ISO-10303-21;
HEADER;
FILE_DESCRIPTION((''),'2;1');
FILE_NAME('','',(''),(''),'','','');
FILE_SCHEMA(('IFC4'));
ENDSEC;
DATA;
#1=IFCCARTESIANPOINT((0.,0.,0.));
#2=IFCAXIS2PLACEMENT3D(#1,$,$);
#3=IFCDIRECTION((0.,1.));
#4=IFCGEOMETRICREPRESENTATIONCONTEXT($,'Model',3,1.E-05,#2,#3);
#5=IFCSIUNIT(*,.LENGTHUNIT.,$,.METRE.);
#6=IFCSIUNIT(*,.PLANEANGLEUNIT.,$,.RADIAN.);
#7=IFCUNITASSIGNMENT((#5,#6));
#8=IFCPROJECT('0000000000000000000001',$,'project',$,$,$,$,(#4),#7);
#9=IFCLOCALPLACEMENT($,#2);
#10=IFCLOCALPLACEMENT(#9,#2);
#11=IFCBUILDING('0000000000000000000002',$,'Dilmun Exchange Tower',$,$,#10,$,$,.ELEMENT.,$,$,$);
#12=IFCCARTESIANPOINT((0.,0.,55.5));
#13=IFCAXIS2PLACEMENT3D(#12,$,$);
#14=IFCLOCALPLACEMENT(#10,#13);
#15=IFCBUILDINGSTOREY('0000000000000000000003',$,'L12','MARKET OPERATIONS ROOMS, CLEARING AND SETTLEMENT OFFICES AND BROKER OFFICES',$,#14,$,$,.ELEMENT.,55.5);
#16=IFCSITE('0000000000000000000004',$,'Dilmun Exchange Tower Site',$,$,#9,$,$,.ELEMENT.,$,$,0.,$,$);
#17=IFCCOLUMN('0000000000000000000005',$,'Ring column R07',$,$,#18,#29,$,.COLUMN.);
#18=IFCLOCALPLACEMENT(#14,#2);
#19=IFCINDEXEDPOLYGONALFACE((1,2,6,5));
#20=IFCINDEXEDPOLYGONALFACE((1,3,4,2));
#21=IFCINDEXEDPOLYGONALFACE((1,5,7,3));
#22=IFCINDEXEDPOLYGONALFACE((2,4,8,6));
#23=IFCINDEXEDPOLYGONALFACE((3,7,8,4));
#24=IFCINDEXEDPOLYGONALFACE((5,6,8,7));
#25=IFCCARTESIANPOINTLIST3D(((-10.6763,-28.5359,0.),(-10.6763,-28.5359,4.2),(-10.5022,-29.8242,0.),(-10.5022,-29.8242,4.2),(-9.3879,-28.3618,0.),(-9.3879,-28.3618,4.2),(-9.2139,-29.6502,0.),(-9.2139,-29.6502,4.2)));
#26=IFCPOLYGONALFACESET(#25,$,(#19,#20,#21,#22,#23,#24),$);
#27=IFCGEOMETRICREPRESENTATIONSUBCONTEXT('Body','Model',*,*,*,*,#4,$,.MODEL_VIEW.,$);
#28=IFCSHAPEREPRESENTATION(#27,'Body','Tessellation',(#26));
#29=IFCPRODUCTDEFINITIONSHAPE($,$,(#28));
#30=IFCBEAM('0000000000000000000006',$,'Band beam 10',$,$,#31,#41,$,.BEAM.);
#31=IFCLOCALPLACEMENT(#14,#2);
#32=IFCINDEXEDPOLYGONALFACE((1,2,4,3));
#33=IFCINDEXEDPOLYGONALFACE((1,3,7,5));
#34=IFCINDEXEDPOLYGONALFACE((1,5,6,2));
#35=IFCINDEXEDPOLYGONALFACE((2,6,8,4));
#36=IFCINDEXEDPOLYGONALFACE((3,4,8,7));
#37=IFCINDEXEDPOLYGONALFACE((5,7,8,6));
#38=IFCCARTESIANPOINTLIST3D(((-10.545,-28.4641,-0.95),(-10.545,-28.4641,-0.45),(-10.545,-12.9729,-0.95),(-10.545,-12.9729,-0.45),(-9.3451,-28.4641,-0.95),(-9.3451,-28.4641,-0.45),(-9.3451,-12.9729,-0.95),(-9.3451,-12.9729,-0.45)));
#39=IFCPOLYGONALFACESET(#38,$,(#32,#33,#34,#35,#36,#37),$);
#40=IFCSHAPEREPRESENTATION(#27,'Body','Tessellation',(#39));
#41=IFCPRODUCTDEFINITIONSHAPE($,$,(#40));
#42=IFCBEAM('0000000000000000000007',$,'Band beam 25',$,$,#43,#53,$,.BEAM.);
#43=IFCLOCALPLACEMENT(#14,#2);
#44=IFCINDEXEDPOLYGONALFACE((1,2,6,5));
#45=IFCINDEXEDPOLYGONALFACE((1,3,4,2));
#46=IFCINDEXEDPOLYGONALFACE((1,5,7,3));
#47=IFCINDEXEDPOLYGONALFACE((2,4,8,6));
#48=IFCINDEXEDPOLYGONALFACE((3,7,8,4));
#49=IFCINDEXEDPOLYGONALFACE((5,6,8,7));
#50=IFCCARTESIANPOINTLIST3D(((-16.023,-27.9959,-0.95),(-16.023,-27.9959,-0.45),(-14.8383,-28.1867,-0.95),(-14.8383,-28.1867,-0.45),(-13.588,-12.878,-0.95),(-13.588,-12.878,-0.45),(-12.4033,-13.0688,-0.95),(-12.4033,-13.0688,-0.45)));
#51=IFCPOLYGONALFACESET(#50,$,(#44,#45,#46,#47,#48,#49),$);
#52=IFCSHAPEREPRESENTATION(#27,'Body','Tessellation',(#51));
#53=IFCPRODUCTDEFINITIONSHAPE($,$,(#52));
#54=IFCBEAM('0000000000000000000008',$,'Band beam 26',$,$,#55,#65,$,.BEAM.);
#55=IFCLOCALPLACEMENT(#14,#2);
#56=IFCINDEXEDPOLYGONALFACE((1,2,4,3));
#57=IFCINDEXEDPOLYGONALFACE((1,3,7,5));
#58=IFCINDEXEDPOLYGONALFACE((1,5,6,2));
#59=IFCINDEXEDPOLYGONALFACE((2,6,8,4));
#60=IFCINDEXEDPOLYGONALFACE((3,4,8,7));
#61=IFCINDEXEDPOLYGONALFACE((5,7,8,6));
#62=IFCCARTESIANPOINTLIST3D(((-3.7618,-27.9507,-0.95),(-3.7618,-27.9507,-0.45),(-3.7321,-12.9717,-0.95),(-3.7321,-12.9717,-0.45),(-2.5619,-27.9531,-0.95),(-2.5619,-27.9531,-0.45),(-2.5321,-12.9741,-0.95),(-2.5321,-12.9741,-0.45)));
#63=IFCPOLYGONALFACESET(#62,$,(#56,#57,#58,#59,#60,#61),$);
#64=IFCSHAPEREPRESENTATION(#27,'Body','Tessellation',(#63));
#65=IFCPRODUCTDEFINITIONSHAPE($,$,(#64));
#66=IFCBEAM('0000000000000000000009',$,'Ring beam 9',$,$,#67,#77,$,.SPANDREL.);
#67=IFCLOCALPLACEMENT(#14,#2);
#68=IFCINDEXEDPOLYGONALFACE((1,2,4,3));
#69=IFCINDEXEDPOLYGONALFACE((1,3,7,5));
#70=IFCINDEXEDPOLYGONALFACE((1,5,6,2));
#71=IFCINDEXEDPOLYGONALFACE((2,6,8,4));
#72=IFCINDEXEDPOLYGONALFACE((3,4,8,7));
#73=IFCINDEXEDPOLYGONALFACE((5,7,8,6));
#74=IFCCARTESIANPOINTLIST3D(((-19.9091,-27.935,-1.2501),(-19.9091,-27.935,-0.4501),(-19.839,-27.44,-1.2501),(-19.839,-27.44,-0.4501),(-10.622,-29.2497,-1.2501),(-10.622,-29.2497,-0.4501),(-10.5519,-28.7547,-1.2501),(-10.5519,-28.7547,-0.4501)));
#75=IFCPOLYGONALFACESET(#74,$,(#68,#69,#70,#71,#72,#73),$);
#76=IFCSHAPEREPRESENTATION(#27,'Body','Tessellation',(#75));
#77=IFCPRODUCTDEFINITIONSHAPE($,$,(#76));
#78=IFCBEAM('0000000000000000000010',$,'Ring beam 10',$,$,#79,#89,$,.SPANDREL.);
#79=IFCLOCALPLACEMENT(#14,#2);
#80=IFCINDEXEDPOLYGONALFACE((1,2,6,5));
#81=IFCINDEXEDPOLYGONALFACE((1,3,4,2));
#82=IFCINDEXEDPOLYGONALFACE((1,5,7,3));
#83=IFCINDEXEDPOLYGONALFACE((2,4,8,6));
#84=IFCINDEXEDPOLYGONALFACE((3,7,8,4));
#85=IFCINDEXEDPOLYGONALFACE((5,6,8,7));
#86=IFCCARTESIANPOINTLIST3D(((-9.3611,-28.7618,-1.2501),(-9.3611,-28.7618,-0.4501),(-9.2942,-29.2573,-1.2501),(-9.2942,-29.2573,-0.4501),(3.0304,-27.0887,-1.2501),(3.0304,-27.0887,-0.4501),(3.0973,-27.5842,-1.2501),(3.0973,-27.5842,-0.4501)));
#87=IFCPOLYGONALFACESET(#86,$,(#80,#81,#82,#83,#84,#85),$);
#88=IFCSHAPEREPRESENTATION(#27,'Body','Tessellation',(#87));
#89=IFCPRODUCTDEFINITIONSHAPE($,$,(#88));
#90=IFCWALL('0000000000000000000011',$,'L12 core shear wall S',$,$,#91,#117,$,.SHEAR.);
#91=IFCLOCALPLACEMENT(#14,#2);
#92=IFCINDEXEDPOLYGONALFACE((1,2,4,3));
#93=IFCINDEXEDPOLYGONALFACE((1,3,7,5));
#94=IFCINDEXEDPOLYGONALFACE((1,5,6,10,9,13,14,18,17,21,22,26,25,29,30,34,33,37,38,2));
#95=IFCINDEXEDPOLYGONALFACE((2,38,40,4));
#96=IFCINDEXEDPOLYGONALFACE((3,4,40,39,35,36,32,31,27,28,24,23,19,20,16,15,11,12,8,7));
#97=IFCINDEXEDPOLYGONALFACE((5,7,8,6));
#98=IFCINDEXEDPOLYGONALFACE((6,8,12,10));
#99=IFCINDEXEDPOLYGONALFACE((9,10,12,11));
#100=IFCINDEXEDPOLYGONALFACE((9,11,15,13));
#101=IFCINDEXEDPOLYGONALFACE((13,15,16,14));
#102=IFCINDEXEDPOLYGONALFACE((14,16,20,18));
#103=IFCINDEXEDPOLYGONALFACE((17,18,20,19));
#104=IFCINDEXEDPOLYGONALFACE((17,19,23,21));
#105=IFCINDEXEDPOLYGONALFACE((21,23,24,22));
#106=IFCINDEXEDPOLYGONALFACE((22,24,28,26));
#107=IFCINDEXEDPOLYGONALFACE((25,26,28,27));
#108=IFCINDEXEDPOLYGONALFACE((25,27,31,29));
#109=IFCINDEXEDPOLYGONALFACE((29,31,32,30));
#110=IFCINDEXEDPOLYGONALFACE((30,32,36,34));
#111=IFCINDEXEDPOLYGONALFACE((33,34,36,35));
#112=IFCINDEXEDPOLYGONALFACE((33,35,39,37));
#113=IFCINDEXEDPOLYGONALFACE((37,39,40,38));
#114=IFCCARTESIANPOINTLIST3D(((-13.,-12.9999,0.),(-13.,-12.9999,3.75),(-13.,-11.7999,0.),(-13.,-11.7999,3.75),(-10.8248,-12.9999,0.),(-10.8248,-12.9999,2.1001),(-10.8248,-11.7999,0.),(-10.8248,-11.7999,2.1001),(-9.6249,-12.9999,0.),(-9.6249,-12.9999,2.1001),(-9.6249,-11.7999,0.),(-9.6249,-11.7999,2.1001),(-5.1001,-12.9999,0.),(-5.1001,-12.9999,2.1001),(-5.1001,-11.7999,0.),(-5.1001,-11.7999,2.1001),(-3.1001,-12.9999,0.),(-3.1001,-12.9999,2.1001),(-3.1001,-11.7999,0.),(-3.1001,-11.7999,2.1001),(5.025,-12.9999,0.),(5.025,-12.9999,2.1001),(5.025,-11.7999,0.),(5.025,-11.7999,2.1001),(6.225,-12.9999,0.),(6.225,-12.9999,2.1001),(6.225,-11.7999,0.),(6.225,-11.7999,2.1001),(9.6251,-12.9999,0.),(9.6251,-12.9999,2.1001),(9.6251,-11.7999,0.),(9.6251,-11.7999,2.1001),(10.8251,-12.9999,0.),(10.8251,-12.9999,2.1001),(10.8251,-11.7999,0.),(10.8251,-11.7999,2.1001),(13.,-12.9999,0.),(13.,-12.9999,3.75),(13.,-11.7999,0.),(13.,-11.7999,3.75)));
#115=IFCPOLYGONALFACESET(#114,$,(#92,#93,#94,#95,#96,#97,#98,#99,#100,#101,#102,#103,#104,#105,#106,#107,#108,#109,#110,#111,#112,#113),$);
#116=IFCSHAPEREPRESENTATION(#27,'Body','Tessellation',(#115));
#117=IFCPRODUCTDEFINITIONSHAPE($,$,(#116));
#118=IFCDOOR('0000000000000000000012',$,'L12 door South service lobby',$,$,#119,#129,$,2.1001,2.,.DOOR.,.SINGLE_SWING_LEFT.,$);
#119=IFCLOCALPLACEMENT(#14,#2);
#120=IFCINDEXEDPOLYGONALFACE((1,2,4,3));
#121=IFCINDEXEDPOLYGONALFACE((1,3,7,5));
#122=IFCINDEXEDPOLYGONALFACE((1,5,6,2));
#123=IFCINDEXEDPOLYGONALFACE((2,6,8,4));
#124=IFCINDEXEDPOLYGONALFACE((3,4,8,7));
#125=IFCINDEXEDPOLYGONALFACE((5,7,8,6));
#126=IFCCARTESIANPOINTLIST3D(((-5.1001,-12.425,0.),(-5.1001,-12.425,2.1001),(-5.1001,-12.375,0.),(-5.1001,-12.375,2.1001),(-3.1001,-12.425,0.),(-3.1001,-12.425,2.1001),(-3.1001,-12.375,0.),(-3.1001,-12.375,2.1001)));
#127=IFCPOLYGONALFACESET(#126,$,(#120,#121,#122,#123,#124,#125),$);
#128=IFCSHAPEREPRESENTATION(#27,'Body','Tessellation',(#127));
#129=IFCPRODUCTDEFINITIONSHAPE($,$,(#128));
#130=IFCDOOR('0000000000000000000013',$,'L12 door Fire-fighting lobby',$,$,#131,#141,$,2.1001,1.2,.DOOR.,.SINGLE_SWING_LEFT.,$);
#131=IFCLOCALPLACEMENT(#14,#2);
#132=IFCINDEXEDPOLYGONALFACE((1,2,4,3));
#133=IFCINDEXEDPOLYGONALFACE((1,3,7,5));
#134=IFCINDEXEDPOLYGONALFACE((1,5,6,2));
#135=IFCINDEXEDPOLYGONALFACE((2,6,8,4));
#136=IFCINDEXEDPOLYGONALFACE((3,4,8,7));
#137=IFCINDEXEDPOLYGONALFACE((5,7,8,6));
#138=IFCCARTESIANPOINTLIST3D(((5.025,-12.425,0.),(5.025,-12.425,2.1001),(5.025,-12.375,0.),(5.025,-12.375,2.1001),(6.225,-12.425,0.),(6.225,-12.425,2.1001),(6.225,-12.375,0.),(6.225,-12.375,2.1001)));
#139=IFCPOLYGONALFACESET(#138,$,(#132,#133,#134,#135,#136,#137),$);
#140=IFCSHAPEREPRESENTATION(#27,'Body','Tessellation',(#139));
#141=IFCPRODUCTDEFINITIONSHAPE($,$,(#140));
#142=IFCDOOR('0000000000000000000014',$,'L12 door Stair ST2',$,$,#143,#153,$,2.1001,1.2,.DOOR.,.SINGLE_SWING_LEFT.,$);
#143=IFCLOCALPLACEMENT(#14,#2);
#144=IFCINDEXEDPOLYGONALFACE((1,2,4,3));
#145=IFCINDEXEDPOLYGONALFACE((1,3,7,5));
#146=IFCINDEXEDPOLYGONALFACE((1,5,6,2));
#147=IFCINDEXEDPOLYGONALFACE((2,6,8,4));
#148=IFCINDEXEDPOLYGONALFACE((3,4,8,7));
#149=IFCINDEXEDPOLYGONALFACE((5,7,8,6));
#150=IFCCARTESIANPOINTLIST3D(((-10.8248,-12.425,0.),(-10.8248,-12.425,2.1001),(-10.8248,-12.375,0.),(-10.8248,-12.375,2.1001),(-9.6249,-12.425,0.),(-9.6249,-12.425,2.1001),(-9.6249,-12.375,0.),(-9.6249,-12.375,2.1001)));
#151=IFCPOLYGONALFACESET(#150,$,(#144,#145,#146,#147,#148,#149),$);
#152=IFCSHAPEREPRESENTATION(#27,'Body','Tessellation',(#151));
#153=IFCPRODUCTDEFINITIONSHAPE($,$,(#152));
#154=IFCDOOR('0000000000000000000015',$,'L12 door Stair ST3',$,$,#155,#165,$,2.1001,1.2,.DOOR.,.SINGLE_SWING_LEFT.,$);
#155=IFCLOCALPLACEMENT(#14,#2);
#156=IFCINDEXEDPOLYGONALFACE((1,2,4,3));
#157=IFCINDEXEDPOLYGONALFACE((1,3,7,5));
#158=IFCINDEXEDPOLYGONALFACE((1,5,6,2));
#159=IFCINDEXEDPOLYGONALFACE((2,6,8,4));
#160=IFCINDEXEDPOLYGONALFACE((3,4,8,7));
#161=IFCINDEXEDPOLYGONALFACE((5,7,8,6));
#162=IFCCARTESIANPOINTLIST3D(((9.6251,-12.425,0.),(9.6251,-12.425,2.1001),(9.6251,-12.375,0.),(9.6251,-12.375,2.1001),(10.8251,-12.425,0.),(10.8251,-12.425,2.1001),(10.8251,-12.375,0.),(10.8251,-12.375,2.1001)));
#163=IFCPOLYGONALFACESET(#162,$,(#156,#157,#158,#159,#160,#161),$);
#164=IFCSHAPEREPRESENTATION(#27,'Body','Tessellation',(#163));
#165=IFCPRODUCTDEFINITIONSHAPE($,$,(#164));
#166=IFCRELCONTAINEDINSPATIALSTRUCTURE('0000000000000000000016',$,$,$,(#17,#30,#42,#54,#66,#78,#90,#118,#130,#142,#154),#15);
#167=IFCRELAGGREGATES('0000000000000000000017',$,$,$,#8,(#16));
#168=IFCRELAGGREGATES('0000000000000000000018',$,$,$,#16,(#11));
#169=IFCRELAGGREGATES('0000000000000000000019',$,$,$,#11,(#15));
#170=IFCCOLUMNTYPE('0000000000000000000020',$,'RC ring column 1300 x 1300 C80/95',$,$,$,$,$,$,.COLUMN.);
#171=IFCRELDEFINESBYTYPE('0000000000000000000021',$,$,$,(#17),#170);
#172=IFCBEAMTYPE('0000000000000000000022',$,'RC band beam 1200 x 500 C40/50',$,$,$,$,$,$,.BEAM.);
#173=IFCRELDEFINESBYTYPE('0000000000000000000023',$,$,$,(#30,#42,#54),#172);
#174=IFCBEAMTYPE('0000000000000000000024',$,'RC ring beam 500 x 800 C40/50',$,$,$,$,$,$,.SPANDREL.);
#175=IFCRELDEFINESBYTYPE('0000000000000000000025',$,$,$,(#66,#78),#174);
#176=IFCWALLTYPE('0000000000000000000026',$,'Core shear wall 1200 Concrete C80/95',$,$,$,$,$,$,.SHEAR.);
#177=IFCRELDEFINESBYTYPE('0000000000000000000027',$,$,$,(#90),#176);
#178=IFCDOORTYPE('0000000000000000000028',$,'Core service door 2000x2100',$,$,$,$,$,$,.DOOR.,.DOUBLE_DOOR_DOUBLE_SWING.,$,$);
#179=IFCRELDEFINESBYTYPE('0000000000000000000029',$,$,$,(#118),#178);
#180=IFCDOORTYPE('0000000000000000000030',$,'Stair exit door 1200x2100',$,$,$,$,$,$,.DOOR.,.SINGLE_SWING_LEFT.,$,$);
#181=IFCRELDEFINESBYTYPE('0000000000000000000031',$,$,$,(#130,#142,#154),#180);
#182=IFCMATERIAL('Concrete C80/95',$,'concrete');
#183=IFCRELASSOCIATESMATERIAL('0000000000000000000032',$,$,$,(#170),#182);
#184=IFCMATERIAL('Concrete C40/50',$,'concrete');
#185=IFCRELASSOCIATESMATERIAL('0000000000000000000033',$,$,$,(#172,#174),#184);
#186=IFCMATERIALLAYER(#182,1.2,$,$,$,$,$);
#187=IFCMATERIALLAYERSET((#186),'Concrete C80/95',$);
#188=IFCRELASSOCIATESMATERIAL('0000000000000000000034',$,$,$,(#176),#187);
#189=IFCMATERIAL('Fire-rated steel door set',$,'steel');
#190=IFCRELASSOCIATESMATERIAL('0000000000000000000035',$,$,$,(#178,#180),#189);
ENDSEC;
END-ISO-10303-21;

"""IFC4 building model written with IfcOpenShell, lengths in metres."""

from ifc_helpers import new_model, si_unit, direction, frame, frame_2d, origin, origin_2d, place, context, subcontext, project, spatial, rectangle, extrude, material, layer, layer_set, material_profile, profile_set, type_object, element, fill, save


model = new_model("IFC4")

# Units and contexts
model_context = context("Model", 3, precision=1e-05, world=origin(), true_north=direction((0.0, 1.0)))
body_context = subcontext(model_context, "Body", "Model", "MODEL_VIEW")
ifc_project = project(units=[si_unit("LENGTHUNIT", "METRE"), si_unit("PLANEANGLEUNIT", "RADIAN")], contexts=[model_context])

# Site, building, storey
site_placement = place(None, origin())
site = spatial("IfcSite", under=ifc_project, at=site_placement, Name="Dilmun Exchange Tower Site", CompositionType="ELEMENT", RefElevation=0.0)
building_placement = place(site_placement, origin())
building = spatial("IfcBuilding", under=site, at=building_placement, Name="Dilmun Exchange Tower", CompositionType="ELEMENT")
storey_placement = place(building_placement, frame((0.0, 0.0, 55.5)))
storey = spatial("IfcBuildingStorey", under=building, at=storey_placement, Name="L12", Description="MARKET OPERATIONS ROOMS, CLEARING AND SETTLEMENT OFFICES AND BROKER OFFICES", CompositionType="ELEMENT", Elevation=55.5)

# Column
ifc_material_1 = material(Name="Concrete C80/95", Category="concrete")
ifc_material_profile_1 = material_profile(ifc_material_1, rectangle(XDim=1.3, YDim=1.3, at=origin_2d()), Name="1300 x 1300")
ifc_profile_set_1 = profile_set([ifc_material_profile_1], Name="Concrete C80/95")
column_type = type_object("IfcColumnType", Name="RC ring column 1300 x 1300 C80/95", PredefinedType="COLUMN", material=ifc_profile_set_1)
column_placement = place(storey_placement, frame((-9.9451, -29.093, 0.0), z_axis=(0.0, 0.0, 1.0), x_axis=(0.991001, 0.133853, 0.0)))
element("IfcColumn", 1, at=column_placement, inside=storey, type_object=column_type, Name="Ring column R07", PredefinedType="COLUMN", context=body_context, shape_type="SweptSolid", body=[
    extrude(rectangle(XDim=1.3, YDim=1.3, at=origin_2d()), origin(), (0.0, 0.0, 1.0), 4.2),
])

# Beams
ifc_material_2 = material(Name="Concrete C40/50", Category="concrete")
ifc_material_profile_2 = material_profile(ifc_material_2, rectangle(XDim=1.2, YDim=0.5, at=origin_2d()), Name="1200 x 500")
ifc_profile_set_2 = profile_set([ifc_material_profile_2], Name="Concrete C40/50")
beam_type_1 = type_object("IfcBeamType", Name="RC band beam 1200 x 500 C40/50", PredefinedType="BEAM", material=ifc_profile_set_2)
beam_1_placement = place(storey_placement, frame((-9.9451, -28.4641, -0.7), z_axis=(0.0, 1.0, 0.0), x_axis=(-1.0, 0.0, 0.0)))
element("IfcBeam", 2, at=beam_1_placement, inside=storey, type_object=beam_type_1, Name="Band beam 10", PredefinedType="BEAM", context=body_context, shape_type="SweptSolid", body=[
    extrude(rectangle(XDim=1.2, YDim=0.5, at=origin_2d()), origin(), (0.0, 0.0, 1.0), 15.4912),
])
beam_2_placement = place(storey_placement, frame((-15.4307, -28.0913, -0.7), z_axis=(0.159021, 0.987275, 0.0), x_axis=(-0.987275, 0.159021, 0.0)))
element("IfcBeam", 3, at=beam_2_placement, inside=storey, type_object=beam_type_1, Name="Band beam 25", PredefinedType="BEAM", context=body_context, shape_type="SweptSolid", body=[
    extrude(rectangle(XDim=1.2, YDim=0.5, at=origin_2d()), origin(), (0.0, 0.0, 1.0), 15.3127),
])
beam_3_placement = place(storey_placement, frame((-3.1619, -27.9519, -0.7), z_axis=(0.001988, 0.999998, 0.0), x_axis=(-0.999998, 0.001988, 0.0)))
element("IfcBeam", 4, at=beam_3_placement, inside=storey, type_object=beam_type_1, Name="Band beam 26", PredefinedType="BEAM", context=body_context, shape_type="SweptSolid", body=[
    extrude(rectangle(XDim=1.2, YDim=0.5, at=origin_2d()), origin(), (0.0, 0.0, 1.0), 14.979),
])
ifc_material_profile_3 = material_profile(ifc_material_2, rectangle(XDim=0.5, YDim=0.8, at=origin_2d()), Name="500 x 800")
ifc_profile_set_3 = profile_set([ifc_material_profile_3], Name="Concrete C40/50")
beam_type_2 = type_object("IfcBeamType", Name="RC ring beam 500 x 800 C40/50", PredefinedType="SPANDREL", material=ifc_profile_set_3)
beam_4_placement = place(storey_placement, frame((-19.874, -27.6875, -0.8501), z_axis=(0.990128, -0.140164, 0.0), x_axis=(0.140164, 0.990128, 0.0)))
element("IfcBeam", 5, at=beam_4_placement, inside=storey, type_object=beam_type_2, Name="Ring beam 9", PredefinedType="SPANDREL", context=body_context, shape_type="SweptSolid", body=[
    extrude(rectangle(XDim=0.5, YDim=0.8, at=origin_2d()), origin(), (0.0, 0.0, 1.0), 9.3796),
])
beam_5_placement = place(storey_placement, frame((-9.3276, -29.0095, -0.8501), z_axis=(0.991007, 0.133807, 0.0), x_axis=(-0.133807, 0.991007, 0.0)))
element("IfcBeam", 6, at=beam_5_placement, inside=storey, type_object=beam_type_2, Name="Ring beam 10", PredefinedType="SPANDREL", context=body_context, shape_type="SweptSolid", body=[
    extrude(rectangle(XDim=0.5, YDim=0.8, at=origin_2d()), origin(), (0.0, 0.0, 1.0), 12.5039),
])

# Wall, openings, doors
ifc_layer_1 = layer(ifc_material_1, 1.2)
ifc_layer_set_1 = layer_set([ifc_layer_1], Name="Concrete C80/95")
wall_type_1 = type_object("IfcWallType", Name="Core shear wall 1200 Concrete C80/95", PredefinedType="SHEAR", material=ifc_layer_set_1)
wall_1_placement = place(storey_placement, frame((-13.0, -12.3999, 0.0), z_axis=(0.0, 0.0, 1.0), x_axis=(1.0, 0.0, 0.0)))
wall_1 = element("IfcWall", 7, at=wall_1_placement, inside=storey, type_object=wall_type_1, Name="L12 core shear wall S", PredefinedType="SHEAR", context=body_context, shape_type="SweptSolid", body=[
    extrude(rectangle(XDim=26.0, YDim=1.2, at=frame_2d((13.0, 0.0))), origin(), (0.0, 0.0, 1.0), 3.75),
])
opening_1_placement = place(wall_1_placement, frame((7.8999, 0.0, 0.0)))
opening_1 = element("IfcOpeningElement", 8, at=opening_1_placement, cuts=wall_1, PredefinedType="OPENING", context=body_context, shape_type="SweptSolid", body=[
    extrude(rectangle(XDim=2.0, YDim=2.1001, at=frame_2d((1.0, 1.05))), frame((0.0, 0.6099, 0.0), z_axis=(0.0, -1.0, 0.0), x_axis=(1.0, 0.0, 0.0)), (0.0, 0.0, 1.0), 1.22),
])
opening_2_placement = place(wall_1_placement, frame((18.0249, 0.0, 0.0)))
opening_2 = element("IfcOpeningElement", 9, at=opening_2_placement, cuts=wall_1, PredefinedType="OPENING", context=body_context, shape_type="SweptSolid", body=[
    extrude(rectangle(XDim=1.2, YDim=2.1001, at=frame_2d((0.6001, 1.05))), frame((0.0, 0.6099, 0.0), z_axis=(0.0, -1.0, 0.0), x_axis=(1.0, 0.0, 0.0)), (0.0, 0.0, 1.0), 1.22),
])
opening_3_placement = place(wall_1_placement, frame((2.175, 0.0, 0.0)))
opening_3 = element("IfcOpeningElement", 10, at=opening_3_placement, cuts=wall_1, PredefinedType="OPENING", context=body_context, shape_type="SweptSolid", body=[
    extrude(rectangle(XDim=1.2, YDim=2.1001, at=frame_2d((0.6001, 1.05))), frame((0.0, 0.6099, 0.0), z_axis=(0.0, -1.0, 0.0), x_axis=(1.0, 0.0, 0.0)), (0.0, 0.0, 1.0), 1.22),
])
opening_4_placement = place(wall_1_placement, frame((22.625, 0.0, 0.0)))
opening_4 = element("IfcOpeningElement", 11, at=opening_4_placement, cuts=wall_1, PredefinedType="OPENING", context=body_context, shape_type="SweptSolid", body=[
    extrude(rectangle(XDim=1.2, YDim=2.1001, at=frame_2d((0.6001, 1.05))), frame((0.0, 0.6099, 0.0), z_axis=(0.0, -1.0, 0.0), x_axis=(1.0, 0.0, 0.0)), (0.0, 0.0, 1.0), 1.22),
])
ifc_material_3 = material(Name="Fire-rated steel door set", Category="steel")
door_type_1 = type_object("IfcDoorType", Name="Core service door 2000x2100", OperationType="DOUBLE_DOOR_DOUBLE_SWING", PredefinedType="DOOR", material=ifc_material_3)
door_1_placement = place(opening_1_placement, origin())
door_1 = element("IfcDoor", 12, at=door_1_placement, inside=storey, type_object=door_type_1, Name="L12 door South service lobby", OperationType="SINGLE_SWING_LEFT", OverallHeight=2.1001, OverallWidth=2.0, PredefinedType="DOOR", context=body_context, shape_type="SweptSolid", body=[
    extrude(rectangle(XDim=2.0, YDim=2.1001, at=frame_2d((1.0, 1.05))), frame((0.0, 0.0249, 0.0), z_axis=(0.0, -1.0, 0.0), x_axis=(1.0, 0.0, 0.0)), (0.0, 0.0, 1.0), 0.05),
])
fill(opening_1, door_1)
door_type_2 = type_object("IfcDoorType", Name="Stair exit door 1200x2100", OperationType="SINGLE_SWING_LEFT", PredefinedType="DOOR", material=ifc_material_3)
door_2_placement = place(opening_2_placement, origin())
door_2 = element("IfcDoor", 13, at=door_2_placement, inside=storey, type_object=door_type_2, Name="L12 door Fire-fighting lobby", OperationType="SINGLE_SWING_LEFT", OverallHeight=2.1001, OverallWidth=1.2, PredefinedType="DOOR", context=body_context, shape_type="SweptSolid", body=[
    extrude(rectangle(XDim=1.2, YDim=2.1001, at=frame_2d((0.6001, 1.05))), frame((0.0, 0.0249, 0.0), z_axis=(0.0, -1.0, 0.0), x_axis=(1.0, 0.0, 0.0)), (0.0, 0.0, 1.0), 0.05),
])
fill(opening_2, door_2)
door_3_placement = place(opening_3_placement, origin())
door_3 = element("IfcDoor", 14, at=door_3_placement, inside=storey, type_object=door_type_2, Name="L12 door Stair ST2", OperationType="SINGLE_SWING_LEFT", OverallHeight=2.1001, OverallWidth=1.2, PredefinedType="DOOR", context=body_context, shape_type="SweptSolid", body=[
    extrude(rectangle(XDim=1.2, YDim=2.1001, at=frame_2d((0.6001, 1.05))), frame((0.0, 0.0249, 0.0), z_axis=(0.0, -1.0, 0.0), x_axis=(1.0, 0.0, 0.0)), (0.0, 0.0, 1.0), 0.05),
])
fill(opening_3, door_3)
door_4_placement = place(opening_4_placement, origin())
door_4 = element("IfcDoor", 15, at=door_4_placement, inside=storey, type_object=door_type_2, Name="L12 door Stair ST3", OperationType="SINGLE_SWING_LEFT", OverallHeight=2.1001, OverallWidth=1.2, PredefinedType="DOOR", context=body_context, shape_type="SweptSolid", body=[
    extrude(rectangle(XDim=1.2, YDim=2.1001, at=frame_2d((0.6001, 1.05))), frame((0.0, 0.0249, 0.0), z_axis=(0.0, -1.0, 0.0), x_axis=(1.0, 0.0, 0.0)), (0.0, 0.0, 1.0), 0.05),
])
fill(opening_4, door_4)

save(model, "model.ifc")
